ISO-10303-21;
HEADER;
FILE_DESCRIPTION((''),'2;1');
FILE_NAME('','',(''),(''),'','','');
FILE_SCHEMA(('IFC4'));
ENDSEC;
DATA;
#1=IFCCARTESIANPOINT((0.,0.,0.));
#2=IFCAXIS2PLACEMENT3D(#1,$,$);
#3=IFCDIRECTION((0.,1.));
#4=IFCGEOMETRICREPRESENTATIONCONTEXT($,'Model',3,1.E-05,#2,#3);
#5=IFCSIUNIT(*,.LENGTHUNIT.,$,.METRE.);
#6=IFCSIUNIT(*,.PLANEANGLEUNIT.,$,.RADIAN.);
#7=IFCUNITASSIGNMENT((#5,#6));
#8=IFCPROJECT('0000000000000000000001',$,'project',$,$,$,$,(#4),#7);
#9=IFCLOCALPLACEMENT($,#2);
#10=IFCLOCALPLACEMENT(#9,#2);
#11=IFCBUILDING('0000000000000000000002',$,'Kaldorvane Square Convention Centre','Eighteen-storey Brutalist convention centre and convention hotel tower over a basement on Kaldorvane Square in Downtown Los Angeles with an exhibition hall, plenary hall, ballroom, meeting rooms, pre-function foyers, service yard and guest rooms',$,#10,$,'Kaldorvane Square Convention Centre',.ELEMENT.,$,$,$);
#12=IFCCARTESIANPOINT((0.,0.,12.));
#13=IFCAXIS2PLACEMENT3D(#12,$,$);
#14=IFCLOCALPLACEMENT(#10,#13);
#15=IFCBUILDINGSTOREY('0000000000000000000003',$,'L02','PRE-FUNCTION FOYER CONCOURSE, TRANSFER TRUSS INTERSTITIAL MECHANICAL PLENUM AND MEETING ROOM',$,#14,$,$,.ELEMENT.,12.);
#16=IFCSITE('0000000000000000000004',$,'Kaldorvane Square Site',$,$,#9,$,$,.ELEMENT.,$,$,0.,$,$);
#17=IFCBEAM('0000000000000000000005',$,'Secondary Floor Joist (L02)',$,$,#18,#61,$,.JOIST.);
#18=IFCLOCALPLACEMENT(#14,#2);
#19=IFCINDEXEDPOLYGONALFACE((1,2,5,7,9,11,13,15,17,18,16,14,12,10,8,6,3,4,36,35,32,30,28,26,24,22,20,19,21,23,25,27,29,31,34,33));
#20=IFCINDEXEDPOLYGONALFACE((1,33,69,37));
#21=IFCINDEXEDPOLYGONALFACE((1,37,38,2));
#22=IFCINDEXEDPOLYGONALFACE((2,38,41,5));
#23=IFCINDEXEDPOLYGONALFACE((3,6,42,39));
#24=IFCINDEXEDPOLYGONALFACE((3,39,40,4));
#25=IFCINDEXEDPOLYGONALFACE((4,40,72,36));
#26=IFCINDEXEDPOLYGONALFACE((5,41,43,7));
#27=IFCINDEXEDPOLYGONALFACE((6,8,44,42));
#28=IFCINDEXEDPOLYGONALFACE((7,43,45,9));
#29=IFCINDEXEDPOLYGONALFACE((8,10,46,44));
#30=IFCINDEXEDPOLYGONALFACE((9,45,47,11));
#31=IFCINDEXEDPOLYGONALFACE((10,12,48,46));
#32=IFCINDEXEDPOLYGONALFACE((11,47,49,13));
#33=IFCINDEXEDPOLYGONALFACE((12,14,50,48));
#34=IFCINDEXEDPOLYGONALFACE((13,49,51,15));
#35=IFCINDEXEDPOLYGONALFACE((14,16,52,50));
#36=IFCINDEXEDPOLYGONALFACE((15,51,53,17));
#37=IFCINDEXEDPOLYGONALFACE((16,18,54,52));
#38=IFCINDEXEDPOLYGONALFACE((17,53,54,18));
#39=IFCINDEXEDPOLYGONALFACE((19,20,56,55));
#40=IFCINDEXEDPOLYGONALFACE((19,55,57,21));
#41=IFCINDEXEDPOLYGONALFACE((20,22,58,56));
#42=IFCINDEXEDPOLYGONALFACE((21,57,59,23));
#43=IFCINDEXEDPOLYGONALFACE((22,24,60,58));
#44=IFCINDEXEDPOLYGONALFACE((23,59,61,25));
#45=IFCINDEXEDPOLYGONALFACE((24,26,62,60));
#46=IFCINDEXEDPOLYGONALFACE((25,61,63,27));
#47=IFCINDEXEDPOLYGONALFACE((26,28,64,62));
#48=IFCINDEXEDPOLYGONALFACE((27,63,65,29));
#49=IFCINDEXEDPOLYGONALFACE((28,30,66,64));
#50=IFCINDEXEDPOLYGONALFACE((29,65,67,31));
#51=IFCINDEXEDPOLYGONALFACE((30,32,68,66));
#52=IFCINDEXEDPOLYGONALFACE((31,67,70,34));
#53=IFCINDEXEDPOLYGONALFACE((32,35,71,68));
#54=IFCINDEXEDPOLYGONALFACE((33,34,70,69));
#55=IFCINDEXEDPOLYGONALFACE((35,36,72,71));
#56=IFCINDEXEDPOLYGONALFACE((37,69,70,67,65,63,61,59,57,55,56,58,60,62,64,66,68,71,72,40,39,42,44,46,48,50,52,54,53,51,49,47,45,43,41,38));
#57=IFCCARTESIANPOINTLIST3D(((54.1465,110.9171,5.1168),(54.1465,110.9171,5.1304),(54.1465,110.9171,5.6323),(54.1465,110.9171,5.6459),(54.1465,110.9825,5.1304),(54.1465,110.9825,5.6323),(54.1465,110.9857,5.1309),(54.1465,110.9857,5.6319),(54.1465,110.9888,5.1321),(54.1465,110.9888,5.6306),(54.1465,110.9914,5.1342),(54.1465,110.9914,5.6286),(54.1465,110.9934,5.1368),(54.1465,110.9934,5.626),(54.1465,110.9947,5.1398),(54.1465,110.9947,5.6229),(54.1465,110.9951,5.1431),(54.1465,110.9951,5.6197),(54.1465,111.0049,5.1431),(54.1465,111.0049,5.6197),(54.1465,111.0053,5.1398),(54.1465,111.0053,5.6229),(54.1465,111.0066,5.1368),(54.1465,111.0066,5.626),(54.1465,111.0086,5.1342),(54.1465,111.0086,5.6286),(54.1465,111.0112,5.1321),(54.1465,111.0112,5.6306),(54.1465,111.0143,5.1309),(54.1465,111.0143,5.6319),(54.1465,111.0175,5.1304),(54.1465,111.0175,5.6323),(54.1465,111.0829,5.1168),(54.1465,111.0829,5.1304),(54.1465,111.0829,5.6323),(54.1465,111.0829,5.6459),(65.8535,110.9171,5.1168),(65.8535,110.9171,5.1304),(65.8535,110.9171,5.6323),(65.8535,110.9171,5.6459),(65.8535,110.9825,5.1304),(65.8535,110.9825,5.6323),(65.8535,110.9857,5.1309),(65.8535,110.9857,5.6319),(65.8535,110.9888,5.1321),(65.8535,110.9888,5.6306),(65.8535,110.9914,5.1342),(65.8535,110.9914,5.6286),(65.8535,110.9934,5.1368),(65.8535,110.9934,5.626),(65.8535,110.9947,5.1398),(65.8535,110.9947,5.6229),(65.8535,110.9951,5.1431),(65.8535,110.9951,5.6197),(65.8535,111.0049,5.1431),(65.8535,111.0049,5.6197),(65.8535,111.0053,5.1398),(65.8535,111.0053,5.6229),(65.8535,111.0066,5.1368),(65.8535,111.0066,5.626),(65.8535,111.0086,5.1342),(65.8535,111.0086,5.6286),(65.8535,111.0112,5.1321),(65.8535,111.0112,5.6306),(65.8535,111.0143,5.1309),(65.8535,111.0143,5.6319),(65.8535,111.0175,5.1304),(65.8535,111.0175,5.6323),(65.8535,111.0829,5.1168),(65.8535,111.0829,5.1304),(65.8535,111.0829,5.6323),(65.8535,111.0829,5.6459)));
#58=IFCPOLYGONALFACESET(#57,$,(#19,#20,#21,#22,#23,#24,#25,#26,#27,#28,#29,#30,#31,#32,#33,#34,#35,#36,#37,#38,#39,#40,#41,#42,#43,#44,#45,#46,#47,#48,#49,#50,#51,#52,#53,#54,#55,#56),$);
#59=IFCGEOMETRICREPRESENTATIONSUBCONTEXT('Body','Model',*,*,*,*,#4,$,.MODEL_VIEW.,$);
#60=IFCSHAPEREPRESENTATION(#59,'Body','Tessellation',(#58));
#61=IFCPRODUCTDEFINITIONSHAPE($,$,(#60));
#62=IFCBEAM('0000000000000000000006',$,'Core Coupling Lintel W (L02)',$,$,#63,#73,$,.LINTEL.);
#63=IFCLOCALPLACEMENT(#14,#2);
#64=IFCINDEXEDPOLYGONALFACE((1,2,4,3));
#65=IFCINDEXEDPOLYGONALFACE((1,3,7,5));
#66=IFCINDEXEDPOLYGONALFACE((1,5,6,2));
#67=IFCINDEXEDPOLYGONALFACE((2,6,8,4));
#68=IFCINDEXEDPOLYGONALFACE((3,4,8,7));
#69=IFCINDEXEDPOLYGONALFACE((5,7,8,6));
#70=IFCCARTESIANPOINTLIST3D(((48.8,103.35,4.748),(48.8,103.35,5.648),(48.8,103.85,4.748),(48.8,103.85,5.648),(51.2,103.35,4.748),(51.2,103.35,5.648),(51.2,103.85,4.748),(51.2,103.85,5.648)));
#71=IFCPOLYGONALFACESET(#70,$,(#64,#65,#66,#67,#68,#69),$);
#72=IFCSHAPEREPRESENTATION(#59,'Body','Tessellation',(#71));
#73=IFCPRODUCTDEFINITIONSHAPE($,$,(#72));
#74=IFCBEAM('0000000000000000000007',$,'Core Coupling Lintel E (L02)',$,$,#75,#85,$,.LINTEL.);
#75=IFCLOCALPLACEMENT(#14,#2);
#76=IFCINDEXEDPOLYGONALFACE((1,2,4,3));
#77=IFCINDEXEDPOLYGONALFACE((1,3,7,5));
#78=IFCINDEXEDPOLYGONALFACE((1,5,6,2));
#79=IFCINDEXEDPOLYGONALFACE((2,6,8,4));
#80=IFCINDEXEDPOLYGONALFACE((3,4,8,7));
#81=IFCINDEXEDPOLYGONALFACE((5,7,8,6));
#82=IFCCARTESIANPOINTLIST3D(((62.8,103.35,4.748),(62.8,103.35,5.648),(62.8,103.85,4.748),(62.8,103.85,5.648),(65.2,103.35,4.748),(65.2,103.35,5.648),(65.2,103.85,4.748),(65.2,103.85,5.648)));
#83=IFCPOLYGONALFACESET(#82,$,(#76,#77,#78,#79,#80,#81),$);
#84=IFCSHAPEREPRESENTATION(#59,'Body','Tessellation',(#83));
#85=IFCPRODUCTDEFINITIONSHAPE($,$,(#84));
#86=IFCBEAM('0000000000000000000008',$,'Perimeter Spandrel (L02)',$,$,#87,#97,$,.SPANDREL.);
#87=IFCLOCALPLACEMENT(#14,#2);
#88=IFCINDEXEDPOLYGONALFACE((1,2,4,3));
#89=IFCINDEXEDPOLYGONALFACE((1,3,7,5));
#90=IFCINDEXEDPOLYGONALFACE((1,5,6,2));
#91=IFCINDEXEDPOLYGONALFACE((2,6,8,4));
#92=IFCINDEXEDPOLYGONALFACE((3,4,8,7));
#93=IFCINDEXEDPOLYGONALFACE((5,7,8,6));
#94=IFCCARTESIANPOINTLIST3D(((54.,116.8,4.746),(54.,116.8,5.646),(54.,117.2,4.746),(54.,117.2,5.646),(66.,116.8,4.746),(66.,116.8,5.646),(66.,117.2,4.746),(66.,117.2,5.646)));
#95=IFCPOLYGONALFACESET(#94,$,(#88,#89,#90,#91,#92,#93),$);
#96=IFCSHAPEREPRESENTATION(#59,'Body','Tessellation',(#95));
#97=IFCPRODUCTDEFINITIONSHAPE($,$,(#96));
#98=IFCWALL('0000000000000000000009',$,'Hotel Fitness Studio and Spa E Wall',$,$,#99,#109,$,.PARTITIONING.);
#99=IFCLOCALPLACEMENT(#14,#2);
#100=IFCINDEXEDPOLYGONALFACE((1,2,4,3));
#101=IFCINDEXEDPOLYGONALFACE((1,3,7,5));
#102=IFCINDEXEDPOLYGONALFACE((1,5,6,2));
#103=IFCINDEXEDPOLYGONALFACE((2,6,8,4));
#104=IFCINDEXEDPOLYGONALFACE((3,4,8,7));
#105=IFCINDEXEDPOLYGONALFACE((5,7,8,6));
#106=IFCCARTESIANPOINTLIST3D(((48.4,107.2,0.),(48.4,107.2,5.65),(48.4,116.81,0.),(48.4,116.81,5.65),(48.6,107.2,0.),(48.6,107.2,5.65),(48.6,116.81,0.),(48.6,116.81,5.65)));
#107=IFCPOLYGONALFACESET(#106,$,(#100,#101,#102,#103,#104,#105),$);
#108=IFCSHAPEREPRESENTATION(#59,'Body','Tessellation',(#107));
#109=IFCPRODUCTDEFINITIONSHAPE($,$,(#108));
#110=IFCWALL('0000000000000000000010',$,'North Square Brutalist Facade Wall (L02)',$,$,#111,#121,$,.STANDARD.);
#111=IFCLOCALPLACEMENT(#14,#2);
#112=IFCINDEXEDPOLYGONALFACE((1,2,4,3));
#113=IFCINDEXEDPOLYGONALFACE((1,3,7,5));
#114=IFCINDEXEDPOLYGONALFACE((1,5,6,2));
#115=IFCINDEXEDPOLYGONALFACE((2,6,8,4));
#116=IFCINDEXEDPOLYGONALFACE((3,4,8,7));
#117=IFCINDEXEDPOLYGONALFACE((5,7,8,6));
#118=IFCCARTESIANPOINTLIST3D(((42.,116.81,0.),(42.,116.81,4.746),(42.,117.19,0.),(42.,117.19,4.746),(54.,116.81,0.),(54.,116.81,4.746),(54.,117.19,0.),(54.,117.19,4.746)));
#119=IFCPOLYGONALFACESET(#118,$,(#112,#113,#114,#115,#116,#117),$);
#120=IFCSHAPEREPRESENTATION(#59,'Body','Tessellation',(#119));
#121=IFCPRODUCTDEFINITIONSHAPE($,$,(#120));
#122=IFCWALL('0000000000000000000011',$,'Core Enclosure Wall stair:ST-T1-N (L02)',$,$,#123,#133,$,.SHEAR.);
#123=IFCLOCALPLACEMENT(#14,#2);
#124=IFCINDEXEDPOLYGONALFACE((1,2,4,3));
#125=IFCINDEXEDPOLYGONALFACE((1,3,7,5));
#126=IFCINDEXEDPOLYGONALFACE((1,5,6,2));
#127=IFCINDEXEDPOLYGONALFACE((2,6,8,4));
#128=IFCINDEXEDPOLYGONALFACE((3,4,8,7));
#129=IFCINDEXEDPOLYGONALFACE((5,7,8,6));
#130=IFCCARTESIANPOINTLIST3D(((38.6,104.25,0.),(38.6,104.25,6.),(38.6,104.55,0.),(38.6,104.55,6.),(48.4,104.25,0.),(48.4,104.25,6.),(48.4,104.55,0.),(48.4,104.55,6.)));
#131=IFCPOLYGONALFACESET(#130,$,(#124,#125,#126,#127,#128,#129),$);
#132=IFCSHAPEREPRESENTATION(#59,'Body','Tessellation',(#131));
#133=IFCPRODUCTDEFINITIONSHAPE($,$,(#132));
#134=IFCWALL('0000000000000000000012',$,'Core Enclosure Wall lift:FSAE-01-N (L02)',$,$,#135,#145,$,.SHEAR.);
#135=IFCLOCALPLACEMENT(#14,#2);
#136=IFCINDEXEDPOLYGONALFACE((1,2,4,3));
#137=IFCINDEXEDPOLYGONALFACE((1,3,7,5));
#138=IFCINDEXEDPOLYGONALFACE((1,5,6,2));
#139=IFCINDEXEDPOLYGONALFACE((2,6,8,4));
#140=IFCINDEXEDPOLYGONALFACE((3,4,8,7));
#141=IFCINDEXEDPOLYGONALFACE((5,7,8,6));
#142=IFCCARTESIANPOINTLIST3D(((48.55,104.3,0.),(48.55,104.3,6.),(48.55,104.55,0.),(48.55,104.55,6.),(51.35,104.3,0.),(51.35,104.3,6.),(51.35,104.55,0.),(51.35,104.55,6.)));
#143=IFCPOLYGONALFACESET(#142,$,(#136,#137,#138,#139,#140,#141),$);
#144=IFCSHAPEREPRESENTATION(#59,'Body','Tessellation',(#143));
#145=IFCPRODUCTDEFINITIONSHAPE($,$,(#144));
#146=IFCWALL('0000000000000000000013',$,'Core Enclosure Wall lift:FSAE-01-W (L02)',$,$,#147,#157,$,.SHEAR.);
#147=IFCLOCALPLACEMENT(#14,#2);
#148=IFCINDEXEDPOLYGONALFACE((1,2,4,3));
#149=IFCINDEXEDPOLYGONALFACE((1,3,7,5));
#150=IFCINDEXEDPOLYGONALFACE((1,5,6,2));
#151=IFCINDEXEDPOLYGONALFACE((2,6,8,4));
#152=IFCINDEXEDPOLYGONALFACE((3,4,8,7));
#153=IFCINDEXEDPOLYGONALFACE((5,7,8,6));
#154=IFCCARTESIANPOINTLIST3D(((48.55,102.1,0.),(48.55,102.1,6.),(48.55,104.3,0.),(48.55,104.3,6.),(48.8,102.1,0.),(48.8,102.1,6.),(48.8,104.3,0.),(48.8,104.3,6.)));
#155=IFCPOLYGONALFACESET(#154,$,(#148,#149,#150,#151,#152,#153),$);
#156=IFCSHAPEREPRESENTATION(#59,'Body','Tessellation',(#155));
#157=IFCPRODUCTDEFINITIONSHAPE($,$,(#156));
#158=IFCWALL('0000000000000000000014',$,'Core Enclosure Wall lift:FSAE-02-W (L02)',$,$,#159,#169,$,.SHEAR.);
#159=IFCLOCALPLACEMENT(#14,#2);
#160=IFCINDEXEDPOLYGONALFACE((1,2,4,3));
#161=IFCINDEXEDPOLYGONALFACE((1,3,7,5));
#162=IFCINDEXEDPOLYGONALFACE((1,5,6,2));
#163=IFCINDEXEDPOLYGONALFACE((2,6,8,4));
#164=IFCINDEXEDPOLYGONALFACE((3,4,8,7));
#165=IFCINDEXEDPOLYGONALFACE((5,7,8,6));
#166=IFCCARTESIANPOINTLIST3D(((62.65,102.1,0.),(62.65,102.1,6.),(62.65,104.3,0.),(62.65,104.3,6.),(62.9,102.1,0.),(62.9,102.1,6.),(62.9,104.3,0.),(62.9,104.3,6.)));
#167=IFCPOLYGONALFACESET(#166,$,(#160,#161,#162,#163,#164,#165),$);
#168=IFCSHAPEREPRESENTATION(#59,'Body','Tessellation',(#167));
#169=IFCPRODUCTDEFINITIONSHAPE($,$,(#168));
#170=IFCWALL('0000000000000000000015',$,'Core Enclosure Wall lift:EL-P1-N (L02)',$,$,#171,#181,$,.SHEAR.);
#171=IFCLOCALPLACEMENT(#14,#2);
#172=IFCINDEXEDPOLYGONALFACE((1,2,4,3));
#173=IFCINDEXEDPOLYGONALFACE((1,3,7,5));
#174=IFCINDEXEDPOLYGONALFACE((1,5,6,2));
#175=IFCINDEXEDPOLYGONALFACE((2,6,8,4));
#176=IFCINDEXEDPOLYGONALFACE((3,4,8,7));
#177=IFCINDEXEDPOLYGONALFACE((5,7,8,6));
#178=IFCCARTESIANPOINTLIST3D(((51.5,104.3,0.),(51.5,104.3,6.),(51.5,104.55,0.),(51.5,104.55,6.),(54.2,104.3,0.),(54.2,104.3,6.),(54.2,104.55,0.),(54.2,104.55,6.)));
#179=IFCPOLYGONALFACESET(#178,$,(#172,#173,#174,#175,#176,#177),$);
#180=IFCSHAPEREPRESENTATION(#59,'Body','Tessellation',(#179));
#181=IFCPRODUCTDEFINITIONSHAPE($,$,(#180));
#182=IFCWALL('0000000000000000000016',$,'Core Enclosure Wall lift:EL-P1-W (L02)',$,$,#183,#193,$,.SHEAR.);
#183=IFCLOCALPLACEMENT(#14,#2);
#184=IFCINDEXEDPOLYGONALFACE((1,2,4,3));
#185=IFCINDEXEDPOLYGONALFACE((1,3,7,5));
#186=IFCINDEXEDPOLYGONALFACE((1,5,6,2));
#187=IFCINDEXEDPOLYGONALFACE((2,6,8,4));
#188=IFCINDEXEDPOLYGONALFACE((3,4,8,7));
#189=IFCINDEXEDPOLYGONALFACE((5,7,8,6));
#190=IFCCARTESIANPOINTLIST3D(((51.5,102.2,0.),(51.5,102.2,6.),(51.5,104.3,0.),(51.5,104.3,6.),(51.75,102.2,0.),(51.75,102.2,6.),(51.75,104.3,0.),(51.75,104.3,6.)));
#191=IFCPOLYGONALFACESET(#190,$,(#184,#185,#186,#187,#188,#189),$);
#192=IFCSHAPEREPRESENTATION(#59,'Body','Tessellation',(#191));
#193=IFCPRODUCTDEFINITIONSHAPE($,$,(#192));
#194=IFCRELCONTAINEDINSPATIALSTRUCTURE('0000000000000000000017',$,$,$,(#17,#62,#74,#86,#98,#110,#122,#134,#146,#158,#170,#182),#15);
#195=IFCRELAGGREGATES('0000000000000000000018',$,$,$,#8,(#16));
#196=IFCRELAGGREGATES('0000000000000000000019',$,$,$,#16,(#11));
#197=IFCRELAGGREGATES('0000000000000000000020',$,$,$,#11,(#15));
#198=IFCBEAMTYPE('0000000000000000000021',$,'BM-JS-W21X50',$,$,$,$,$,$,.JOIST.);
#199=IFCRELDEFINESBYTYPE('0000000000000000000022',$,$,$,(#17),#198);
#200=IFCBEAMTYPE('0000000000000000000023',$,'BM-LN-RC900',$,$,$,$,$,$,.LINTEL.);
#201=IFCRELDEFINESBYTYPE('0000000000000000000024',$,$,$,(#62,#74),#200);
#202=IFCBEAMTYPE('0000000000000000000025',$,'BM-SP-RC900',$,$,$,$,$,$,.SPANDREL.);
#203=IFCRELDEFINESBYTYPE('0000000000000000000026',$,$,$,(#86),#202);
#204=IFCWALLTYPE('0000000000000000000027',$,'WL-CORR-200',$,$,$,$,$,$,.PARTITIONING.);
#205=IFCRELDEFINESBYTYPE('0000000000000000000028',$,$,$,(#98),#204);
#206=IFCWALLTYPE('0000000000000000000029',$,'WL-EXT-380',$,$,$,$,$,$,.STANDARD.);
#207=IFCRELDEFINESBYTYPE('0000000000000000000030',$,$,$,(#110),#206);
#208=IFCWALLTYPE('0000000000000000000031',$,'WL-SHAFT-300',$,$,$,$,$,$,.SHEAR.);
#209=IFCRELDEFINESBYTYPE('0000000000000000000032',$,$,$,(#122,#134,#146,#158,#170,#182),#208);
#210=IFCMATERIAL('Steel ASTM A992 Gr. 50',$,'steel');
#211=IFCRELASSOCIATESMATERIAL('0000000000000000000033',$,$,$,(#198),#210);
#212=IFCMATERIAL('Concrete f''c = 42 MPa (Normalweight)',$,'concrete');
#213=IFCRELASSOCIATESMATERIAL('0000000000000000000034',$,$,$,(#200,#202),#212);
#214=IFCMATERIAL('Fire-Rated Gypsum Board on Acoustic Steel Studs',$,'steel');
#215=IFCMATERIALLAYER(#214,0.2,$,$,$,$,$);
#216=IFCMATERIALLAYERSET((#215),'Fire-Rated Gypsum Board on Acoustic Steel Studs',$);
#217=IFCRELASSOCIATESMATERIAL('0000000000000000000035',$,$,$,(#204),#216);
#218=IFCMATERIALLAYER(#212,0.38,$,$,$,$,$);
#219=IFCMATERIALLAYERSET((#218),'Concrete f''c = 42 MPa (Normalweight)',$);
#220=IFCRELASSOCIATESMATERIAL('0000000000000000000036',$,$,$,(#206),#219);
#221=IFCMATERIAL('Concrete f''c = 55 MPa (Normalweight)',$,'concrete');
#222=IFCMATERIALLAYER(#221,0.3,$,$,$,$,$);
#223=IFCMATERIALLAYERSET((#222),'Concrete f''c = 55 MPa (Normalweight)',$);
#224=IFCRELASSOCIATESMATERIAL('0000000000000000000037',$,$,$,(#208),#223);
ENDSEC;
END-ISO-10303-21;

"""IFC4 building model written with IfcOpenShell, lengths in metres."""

from ifc_helpers import new_model, si_unit, direction, frame, frame_2d, origin, origin_2d, place, context, subcontext, project, spatial, rectangle, i_section, extrude, material, layer, layer_set, material_profile, profile_set, type_object, element, save


model = new_model("IFC4")

# Units and contexts
model_context = context("Model", 3, precision=1e-05, world=origin(), true_north=direction((0.0, 1.0)))
body_context = subcontext(model_context, "Body", "Model", "MODEL_VIEW")
ifc_project = project(units=[si_unit("LENGTHUNIT", "METRE"), si_unit("PLANEANGLEUNIT", "RADIAN")], contexts=[model_context])

# Site, building, storey
site_placement = place(None, origin())
site = spatial("IfcSite", under=ifc_project, at=site_placement, Name="Kaldorvane Square Site", CompositionType="ELEMENT", RefElevation=0.0)
building_placement = place(site_placement, origin())
building = spatial("IfcBuilding", under=site, at=building_placement, Name="Kaldorvane Square Convention Centre", Description="Eighteen-storey Brutalist convention centre and convention hotel tower over a basement on Kaldorvane Square in Downtown Los Angeles with an exhibition hall, plenary hall, ballroom, meeting rooms, pre-function foyers, service yard and guest rooms", LongName="Kaldorvane Square Convention Centre", CompositionType="ELEMENT")
storey_placement = place(building_placement, frame((0.0, 0.0, 12.0)))
storey = spatial("IfcBuildingStorey", under=building, at=storey_placement, Name="L02", Description="PRE-FUNCTION FOYER CONCOURSE, TRANSFER TRUSS INTERSTITIAL MECHANICAL PLENUM AND MEETING ROOM", CompositionType="ELEMENT", Elevation=12.0)

# Shared definitions
ifc_material_1 = material(Name="Concrete f'c = 55 MPa (Normalweight)", Category="concrete")
ifc_material_2 = material(Name="Steel ASTM A992 Gr. 50", Category="steel")

# Beams
ifc_material_profile_1 = material_profile(ifc_material_2, i_section(OverallWidth=0.1659, OverallDepth=0.5291, WebThickness=0.0097, FlangeThickness=0.0136, FilletRadius=0.0127, at=origin_2d()), Name="W21X50")
ifc_profile_set_1 = profile_set([ifc_material_profile_1], Name="Steel ASTM A992 Gr. 50")
beam_type_1 = type_object("IfcBeamType", Name="BM-JS-W21X50", PredefinedType="JOIST", material=ifc_profile_set_1)
beam_1_placement = place(storey_placement, frame((54.1465, 111.0, 5.3814), z_axis=(1.0, 0.0, 0.0), x_axis=(0.0, 1.0, 0.0)))
element("IfcBeam", 1, at=beam_1_placement, inside=storey, type_object=beam_type_1, Name="Secondary Floor Joist (L02)", PredefinedType="JOIST", context=body_context, shape_type="SweptSolid", body=[
    extrude(i_section(OverallWidth=0.1659, OverallDepth=0.5291, WebThickness=0.0097, FlangeThickness=0.0136, FilletRadius=0.0127, at=origin_2d()), origin(), (0.0, 0.0, 1.0), 11.707),
])
ifc_material_3 = material(Name="Concrete f'c = 42 MPa (Normalweight)", Category="concrete")
ifc_material_profile_2 = material_profile(ifc_material_3, rectangle(XDim=0.5, YDim=0.9, at=origin_2d()), Name="RCLN900X500")
ifc_profile_set_2 = profile_set([ifc_material_profile_2], Name="Concrete f'c = 42 MPa (Normalweight)")
beam_type_2 = type_object("IfcBeamType", Name="BM-LN-RC900", PredefinedType="LINTEL", material=ifc_profile_set_2)
for number, where, z_axis, x_axis, name in (
    (2, (48.8, 103.6, 5.198), (1.0, 0.0, 0.0), (0.0, 1.0, 0.0), "Core Coupling Lintel W (L02)"),
    (3, (62.8, 103.6, 5.198), (1.0, 0.0, 0.0), (0.0, 1.0, 0.0), "Core Coupling Lintel E (L02)"),
):
    element("IfcBeam", number, at=place(storey_placement, frame(where, z_axis=z_axis, x_axis=x_axis)), inside=storey, type_object=beam_type_2, Name=name, PredefinedType="LINTEL", context=body_context, shape_type="SweptSolid", body=[
        extrude(rectangle(XDim=0.5, YDim=0.9, at=origin_2d()), origin(), (0.0, 0.0, 1.0), 2.4),
    ])
ifc_material_profile_3 = material_profile(ifc_material_3, rectangle(XDim=0.4, YDim=0.9, at=origin_2d()), Name="RCSP900X400")
ifc_profile_set_3 = profile_set([ifc_material_profile_3], Name="Concrete f'c = 42 MPa (Normalweight)")
beam_type_3 = type_object("IfcBeamType", Name="BM-SP-RC900", PredefinedType="SPANDREL", material=ifc_profile_set_3)
beam_2_placement = place(storey_placement, frame((54.0, 117.0, 5.196), z_axis=(1.0, 0.0, 0.0), x_axis=(0.0, 1.0, 0.0)))
element("IfcBeam", 4, at=beam_2_placement, inside=storey, type_object=beam_type_3, Name="Perimeter Spandrel (L02)", PredefinedType="SPANDREL", context=body_context, shape_type="SweptSolid", body=[
    extrude(rectangle(XDim=0.4, YDim=0.9, at=origin_2d()), origin(), (0.0, 0.0, 1.0), 12.0),
])

# Walls
ifc_material_4 = material(Name="Fire-Rated Gypsum Board on Acoustic Steel Studs", Category="steel")
ifc_layer_1 = layer(ifc_material_4, 0.2)
ifc_layer_set_1 = layer_set([ifc_layer_1], Name="Fire-Rated Gypsum Board on Acoustic Steel Studs")
wall_type_1 = type_object("IfcWallType", Name="WL-CORR-200", PredefinedType="PARTITIONING", material=ifc_layer_set_1)
wall_1_placement = place(storey_placement, frame((48.5, 107.2, 0.0), z_axis=(0.0, 0.0, 1.0), x_axis=(0.0, 1.0, 0.0)))
element("IfcWall", 5, at=wall_1_placement, inside=storey, type_object=wall_type_1, Name="Hotel Fitness Studio and Spa E Wall", PredefinedType="PARTITIONING", context=body_context, shape_type="SweptSolid", body=[
    extrude(rectangle(XDim=9.61, YDim=0.2, at=frame_2d((4.805, 0.0))), origin(), (0.0, 0.0, 1.0), 5.65),
])
ifc_layer_2 = layer(ifc_material_3, 0.38)
ifc_layer_set_2 = layer_set([ifc_layer_2], Name="Concrete f'c = 42 MPa (Normalweight)")
wall_type_2 = type_object("IfcWallType", Name="WL-EXT-380", PredefinedType="STANDARD", material=ifc_layer_set_2)
wall_2_placement = place(storey_placement, frame((54.0, 117.0, 0.0), z_axis=(0.0, 0.0, 1.0), x_axis=(-1.0, 0.0, 0.0)))
element("IfcWall", 6, at=wall_2_placement, inside=storey, type_object=wall_type_2, Name="North Square Brutalist Facade Wall (L02)", PredefinedType="STANDARD", context=body_context, shape_type="SweptSolid", body=[
    extrude(rectangle(XDim=12.0, YDim=0.38, at=frame_2d((6.0, 0.0))), origin(), (0.0, 0.0, 1.0), 4.746),
])
ifc_layer_3 = layer(ifc_material_1, 0.3)
ifc_layer_set_3 = layer_set([ifc_layer_3], Name="Concrete f'c = 55 MPa (Normalweight)")
wall_type_3 = type_object("IfcWallType", Name="WL-SHAFT-300", PredefinedType="SHEAR", material=ifc_layer_set_3)
wall_3_placement = place(storey_placement, frame((48.4, 104.4, 0.0), z_axis=(0.0, 0.0, 1.0), x_axis=(-1.0, 0.0, 0.0)))
element("IfcWall", 7, at=wall_3_placement, inside=storey, type_object=wall_type_3, Name="Core Enclosure Wall stair:ST-T1-N (L02)", PredefinedType="SHEAR", context=body_context, shape_type="SweptSolid", body=[
    extrude(rectangle(XDim=9.8, YDim=0.3, at=frame_2d((4.9, 0.0))), origin(), (0.0, 0.0, 1.0), 6.0),
])
wall_4_placement = place(storey_placement, frame((51.35, 104.425, 0.0), z_axis=(0.0, 0.0, 1.0), x_axis=(-1.0, 0.0, 0.0)))
element("IfcWall", 8, at=wall_4_placement, inside=storey, type_object=wall_type_3, Name="Core Enclosure Wall lift:FSAE-01-N (L02)", PredefinedType="SHEAR", context=body_context, shape_type="SweptSolid", body=[
    extrude(rectangle(XDim=2.8, YDim=0.25, at=frame_2d((1.4, 0.0))), origin(), (0.0, 0.0, 1.0), 6.0),
])
for number, where, z_axis, x_axis, name in (
    (9, (48.675, 104.3, 0.0), (0.0, 0.0, 1.0), (0.0, -1.0, 0.0), "Core Enclosure Wall lift:FSAE-01-W (L02)"),
    (10, (62.775, 104.3, 0.0), (0.0, 0.0, 1.0), (0.0, -1.0, 0.0), "Core Enclosure Wall lift:FSAE-02-W (L02)"),
):
    element("IfcWall", number, at=place(storey_placement, frame(where, z_axis=z_axis, x_axis=x_axis)), inside=storey, type_object=wall_type_3, Name=name, PredefinedType="SHEAR", context=body_context, shape_type="SweptSolid", body=[
        extrude(rectangle(XDim=2.2, YDim=0.25, at=frame_2d((1.1, 0.0))), origin(), (0.0, 0.0, 1.0), 6.0),
    ])
wall_5_placement = place(storey_placement, frame((54.2, 104.425, 0.0), z_axis=(0.0, 0.0, 1.0), x_axis=(-1.0, 0.0, 0.0)))
element("IfcWall", 11, at=wall_5_placement, inside=storey, type_object=wall_type_3, Name="Core Enclosure Wall lift:EL-P1-N (L02)", PredefinedType="SHEAR", context=body_context, shape_type="SweptSolid", body=[
    extrude(rectangle(XDim=2.7, YDim=0.25, at=frame_2d((1.35, 0.0))), origin(), (0.0, 0.0, 1.0), 6.0),
])
wall_6_placement = place(storey_placement, frame((51.625, 104.3, 0.0), z_axis=(0.0, 0.0, 1.0), x_axis=(0.0, -1.0, 0.0)))
element("IfcWall", 12, at=wall_6_placement, inside=storey, type_object=wall_type_3, Name="Core Enclosure Wall lift:EL-P1-W (L02)", PredefinedType="SHEAR", context=body_context, shape_type="SweptSolid", body=[
    extrude(rectangle(XDim=2.1, YDim=0.25, at=frame_2d((1.05, 0.0))), origin(), (0.0, 0.0, 1.0), 6.0),
])

save(model, "model.ifc")
